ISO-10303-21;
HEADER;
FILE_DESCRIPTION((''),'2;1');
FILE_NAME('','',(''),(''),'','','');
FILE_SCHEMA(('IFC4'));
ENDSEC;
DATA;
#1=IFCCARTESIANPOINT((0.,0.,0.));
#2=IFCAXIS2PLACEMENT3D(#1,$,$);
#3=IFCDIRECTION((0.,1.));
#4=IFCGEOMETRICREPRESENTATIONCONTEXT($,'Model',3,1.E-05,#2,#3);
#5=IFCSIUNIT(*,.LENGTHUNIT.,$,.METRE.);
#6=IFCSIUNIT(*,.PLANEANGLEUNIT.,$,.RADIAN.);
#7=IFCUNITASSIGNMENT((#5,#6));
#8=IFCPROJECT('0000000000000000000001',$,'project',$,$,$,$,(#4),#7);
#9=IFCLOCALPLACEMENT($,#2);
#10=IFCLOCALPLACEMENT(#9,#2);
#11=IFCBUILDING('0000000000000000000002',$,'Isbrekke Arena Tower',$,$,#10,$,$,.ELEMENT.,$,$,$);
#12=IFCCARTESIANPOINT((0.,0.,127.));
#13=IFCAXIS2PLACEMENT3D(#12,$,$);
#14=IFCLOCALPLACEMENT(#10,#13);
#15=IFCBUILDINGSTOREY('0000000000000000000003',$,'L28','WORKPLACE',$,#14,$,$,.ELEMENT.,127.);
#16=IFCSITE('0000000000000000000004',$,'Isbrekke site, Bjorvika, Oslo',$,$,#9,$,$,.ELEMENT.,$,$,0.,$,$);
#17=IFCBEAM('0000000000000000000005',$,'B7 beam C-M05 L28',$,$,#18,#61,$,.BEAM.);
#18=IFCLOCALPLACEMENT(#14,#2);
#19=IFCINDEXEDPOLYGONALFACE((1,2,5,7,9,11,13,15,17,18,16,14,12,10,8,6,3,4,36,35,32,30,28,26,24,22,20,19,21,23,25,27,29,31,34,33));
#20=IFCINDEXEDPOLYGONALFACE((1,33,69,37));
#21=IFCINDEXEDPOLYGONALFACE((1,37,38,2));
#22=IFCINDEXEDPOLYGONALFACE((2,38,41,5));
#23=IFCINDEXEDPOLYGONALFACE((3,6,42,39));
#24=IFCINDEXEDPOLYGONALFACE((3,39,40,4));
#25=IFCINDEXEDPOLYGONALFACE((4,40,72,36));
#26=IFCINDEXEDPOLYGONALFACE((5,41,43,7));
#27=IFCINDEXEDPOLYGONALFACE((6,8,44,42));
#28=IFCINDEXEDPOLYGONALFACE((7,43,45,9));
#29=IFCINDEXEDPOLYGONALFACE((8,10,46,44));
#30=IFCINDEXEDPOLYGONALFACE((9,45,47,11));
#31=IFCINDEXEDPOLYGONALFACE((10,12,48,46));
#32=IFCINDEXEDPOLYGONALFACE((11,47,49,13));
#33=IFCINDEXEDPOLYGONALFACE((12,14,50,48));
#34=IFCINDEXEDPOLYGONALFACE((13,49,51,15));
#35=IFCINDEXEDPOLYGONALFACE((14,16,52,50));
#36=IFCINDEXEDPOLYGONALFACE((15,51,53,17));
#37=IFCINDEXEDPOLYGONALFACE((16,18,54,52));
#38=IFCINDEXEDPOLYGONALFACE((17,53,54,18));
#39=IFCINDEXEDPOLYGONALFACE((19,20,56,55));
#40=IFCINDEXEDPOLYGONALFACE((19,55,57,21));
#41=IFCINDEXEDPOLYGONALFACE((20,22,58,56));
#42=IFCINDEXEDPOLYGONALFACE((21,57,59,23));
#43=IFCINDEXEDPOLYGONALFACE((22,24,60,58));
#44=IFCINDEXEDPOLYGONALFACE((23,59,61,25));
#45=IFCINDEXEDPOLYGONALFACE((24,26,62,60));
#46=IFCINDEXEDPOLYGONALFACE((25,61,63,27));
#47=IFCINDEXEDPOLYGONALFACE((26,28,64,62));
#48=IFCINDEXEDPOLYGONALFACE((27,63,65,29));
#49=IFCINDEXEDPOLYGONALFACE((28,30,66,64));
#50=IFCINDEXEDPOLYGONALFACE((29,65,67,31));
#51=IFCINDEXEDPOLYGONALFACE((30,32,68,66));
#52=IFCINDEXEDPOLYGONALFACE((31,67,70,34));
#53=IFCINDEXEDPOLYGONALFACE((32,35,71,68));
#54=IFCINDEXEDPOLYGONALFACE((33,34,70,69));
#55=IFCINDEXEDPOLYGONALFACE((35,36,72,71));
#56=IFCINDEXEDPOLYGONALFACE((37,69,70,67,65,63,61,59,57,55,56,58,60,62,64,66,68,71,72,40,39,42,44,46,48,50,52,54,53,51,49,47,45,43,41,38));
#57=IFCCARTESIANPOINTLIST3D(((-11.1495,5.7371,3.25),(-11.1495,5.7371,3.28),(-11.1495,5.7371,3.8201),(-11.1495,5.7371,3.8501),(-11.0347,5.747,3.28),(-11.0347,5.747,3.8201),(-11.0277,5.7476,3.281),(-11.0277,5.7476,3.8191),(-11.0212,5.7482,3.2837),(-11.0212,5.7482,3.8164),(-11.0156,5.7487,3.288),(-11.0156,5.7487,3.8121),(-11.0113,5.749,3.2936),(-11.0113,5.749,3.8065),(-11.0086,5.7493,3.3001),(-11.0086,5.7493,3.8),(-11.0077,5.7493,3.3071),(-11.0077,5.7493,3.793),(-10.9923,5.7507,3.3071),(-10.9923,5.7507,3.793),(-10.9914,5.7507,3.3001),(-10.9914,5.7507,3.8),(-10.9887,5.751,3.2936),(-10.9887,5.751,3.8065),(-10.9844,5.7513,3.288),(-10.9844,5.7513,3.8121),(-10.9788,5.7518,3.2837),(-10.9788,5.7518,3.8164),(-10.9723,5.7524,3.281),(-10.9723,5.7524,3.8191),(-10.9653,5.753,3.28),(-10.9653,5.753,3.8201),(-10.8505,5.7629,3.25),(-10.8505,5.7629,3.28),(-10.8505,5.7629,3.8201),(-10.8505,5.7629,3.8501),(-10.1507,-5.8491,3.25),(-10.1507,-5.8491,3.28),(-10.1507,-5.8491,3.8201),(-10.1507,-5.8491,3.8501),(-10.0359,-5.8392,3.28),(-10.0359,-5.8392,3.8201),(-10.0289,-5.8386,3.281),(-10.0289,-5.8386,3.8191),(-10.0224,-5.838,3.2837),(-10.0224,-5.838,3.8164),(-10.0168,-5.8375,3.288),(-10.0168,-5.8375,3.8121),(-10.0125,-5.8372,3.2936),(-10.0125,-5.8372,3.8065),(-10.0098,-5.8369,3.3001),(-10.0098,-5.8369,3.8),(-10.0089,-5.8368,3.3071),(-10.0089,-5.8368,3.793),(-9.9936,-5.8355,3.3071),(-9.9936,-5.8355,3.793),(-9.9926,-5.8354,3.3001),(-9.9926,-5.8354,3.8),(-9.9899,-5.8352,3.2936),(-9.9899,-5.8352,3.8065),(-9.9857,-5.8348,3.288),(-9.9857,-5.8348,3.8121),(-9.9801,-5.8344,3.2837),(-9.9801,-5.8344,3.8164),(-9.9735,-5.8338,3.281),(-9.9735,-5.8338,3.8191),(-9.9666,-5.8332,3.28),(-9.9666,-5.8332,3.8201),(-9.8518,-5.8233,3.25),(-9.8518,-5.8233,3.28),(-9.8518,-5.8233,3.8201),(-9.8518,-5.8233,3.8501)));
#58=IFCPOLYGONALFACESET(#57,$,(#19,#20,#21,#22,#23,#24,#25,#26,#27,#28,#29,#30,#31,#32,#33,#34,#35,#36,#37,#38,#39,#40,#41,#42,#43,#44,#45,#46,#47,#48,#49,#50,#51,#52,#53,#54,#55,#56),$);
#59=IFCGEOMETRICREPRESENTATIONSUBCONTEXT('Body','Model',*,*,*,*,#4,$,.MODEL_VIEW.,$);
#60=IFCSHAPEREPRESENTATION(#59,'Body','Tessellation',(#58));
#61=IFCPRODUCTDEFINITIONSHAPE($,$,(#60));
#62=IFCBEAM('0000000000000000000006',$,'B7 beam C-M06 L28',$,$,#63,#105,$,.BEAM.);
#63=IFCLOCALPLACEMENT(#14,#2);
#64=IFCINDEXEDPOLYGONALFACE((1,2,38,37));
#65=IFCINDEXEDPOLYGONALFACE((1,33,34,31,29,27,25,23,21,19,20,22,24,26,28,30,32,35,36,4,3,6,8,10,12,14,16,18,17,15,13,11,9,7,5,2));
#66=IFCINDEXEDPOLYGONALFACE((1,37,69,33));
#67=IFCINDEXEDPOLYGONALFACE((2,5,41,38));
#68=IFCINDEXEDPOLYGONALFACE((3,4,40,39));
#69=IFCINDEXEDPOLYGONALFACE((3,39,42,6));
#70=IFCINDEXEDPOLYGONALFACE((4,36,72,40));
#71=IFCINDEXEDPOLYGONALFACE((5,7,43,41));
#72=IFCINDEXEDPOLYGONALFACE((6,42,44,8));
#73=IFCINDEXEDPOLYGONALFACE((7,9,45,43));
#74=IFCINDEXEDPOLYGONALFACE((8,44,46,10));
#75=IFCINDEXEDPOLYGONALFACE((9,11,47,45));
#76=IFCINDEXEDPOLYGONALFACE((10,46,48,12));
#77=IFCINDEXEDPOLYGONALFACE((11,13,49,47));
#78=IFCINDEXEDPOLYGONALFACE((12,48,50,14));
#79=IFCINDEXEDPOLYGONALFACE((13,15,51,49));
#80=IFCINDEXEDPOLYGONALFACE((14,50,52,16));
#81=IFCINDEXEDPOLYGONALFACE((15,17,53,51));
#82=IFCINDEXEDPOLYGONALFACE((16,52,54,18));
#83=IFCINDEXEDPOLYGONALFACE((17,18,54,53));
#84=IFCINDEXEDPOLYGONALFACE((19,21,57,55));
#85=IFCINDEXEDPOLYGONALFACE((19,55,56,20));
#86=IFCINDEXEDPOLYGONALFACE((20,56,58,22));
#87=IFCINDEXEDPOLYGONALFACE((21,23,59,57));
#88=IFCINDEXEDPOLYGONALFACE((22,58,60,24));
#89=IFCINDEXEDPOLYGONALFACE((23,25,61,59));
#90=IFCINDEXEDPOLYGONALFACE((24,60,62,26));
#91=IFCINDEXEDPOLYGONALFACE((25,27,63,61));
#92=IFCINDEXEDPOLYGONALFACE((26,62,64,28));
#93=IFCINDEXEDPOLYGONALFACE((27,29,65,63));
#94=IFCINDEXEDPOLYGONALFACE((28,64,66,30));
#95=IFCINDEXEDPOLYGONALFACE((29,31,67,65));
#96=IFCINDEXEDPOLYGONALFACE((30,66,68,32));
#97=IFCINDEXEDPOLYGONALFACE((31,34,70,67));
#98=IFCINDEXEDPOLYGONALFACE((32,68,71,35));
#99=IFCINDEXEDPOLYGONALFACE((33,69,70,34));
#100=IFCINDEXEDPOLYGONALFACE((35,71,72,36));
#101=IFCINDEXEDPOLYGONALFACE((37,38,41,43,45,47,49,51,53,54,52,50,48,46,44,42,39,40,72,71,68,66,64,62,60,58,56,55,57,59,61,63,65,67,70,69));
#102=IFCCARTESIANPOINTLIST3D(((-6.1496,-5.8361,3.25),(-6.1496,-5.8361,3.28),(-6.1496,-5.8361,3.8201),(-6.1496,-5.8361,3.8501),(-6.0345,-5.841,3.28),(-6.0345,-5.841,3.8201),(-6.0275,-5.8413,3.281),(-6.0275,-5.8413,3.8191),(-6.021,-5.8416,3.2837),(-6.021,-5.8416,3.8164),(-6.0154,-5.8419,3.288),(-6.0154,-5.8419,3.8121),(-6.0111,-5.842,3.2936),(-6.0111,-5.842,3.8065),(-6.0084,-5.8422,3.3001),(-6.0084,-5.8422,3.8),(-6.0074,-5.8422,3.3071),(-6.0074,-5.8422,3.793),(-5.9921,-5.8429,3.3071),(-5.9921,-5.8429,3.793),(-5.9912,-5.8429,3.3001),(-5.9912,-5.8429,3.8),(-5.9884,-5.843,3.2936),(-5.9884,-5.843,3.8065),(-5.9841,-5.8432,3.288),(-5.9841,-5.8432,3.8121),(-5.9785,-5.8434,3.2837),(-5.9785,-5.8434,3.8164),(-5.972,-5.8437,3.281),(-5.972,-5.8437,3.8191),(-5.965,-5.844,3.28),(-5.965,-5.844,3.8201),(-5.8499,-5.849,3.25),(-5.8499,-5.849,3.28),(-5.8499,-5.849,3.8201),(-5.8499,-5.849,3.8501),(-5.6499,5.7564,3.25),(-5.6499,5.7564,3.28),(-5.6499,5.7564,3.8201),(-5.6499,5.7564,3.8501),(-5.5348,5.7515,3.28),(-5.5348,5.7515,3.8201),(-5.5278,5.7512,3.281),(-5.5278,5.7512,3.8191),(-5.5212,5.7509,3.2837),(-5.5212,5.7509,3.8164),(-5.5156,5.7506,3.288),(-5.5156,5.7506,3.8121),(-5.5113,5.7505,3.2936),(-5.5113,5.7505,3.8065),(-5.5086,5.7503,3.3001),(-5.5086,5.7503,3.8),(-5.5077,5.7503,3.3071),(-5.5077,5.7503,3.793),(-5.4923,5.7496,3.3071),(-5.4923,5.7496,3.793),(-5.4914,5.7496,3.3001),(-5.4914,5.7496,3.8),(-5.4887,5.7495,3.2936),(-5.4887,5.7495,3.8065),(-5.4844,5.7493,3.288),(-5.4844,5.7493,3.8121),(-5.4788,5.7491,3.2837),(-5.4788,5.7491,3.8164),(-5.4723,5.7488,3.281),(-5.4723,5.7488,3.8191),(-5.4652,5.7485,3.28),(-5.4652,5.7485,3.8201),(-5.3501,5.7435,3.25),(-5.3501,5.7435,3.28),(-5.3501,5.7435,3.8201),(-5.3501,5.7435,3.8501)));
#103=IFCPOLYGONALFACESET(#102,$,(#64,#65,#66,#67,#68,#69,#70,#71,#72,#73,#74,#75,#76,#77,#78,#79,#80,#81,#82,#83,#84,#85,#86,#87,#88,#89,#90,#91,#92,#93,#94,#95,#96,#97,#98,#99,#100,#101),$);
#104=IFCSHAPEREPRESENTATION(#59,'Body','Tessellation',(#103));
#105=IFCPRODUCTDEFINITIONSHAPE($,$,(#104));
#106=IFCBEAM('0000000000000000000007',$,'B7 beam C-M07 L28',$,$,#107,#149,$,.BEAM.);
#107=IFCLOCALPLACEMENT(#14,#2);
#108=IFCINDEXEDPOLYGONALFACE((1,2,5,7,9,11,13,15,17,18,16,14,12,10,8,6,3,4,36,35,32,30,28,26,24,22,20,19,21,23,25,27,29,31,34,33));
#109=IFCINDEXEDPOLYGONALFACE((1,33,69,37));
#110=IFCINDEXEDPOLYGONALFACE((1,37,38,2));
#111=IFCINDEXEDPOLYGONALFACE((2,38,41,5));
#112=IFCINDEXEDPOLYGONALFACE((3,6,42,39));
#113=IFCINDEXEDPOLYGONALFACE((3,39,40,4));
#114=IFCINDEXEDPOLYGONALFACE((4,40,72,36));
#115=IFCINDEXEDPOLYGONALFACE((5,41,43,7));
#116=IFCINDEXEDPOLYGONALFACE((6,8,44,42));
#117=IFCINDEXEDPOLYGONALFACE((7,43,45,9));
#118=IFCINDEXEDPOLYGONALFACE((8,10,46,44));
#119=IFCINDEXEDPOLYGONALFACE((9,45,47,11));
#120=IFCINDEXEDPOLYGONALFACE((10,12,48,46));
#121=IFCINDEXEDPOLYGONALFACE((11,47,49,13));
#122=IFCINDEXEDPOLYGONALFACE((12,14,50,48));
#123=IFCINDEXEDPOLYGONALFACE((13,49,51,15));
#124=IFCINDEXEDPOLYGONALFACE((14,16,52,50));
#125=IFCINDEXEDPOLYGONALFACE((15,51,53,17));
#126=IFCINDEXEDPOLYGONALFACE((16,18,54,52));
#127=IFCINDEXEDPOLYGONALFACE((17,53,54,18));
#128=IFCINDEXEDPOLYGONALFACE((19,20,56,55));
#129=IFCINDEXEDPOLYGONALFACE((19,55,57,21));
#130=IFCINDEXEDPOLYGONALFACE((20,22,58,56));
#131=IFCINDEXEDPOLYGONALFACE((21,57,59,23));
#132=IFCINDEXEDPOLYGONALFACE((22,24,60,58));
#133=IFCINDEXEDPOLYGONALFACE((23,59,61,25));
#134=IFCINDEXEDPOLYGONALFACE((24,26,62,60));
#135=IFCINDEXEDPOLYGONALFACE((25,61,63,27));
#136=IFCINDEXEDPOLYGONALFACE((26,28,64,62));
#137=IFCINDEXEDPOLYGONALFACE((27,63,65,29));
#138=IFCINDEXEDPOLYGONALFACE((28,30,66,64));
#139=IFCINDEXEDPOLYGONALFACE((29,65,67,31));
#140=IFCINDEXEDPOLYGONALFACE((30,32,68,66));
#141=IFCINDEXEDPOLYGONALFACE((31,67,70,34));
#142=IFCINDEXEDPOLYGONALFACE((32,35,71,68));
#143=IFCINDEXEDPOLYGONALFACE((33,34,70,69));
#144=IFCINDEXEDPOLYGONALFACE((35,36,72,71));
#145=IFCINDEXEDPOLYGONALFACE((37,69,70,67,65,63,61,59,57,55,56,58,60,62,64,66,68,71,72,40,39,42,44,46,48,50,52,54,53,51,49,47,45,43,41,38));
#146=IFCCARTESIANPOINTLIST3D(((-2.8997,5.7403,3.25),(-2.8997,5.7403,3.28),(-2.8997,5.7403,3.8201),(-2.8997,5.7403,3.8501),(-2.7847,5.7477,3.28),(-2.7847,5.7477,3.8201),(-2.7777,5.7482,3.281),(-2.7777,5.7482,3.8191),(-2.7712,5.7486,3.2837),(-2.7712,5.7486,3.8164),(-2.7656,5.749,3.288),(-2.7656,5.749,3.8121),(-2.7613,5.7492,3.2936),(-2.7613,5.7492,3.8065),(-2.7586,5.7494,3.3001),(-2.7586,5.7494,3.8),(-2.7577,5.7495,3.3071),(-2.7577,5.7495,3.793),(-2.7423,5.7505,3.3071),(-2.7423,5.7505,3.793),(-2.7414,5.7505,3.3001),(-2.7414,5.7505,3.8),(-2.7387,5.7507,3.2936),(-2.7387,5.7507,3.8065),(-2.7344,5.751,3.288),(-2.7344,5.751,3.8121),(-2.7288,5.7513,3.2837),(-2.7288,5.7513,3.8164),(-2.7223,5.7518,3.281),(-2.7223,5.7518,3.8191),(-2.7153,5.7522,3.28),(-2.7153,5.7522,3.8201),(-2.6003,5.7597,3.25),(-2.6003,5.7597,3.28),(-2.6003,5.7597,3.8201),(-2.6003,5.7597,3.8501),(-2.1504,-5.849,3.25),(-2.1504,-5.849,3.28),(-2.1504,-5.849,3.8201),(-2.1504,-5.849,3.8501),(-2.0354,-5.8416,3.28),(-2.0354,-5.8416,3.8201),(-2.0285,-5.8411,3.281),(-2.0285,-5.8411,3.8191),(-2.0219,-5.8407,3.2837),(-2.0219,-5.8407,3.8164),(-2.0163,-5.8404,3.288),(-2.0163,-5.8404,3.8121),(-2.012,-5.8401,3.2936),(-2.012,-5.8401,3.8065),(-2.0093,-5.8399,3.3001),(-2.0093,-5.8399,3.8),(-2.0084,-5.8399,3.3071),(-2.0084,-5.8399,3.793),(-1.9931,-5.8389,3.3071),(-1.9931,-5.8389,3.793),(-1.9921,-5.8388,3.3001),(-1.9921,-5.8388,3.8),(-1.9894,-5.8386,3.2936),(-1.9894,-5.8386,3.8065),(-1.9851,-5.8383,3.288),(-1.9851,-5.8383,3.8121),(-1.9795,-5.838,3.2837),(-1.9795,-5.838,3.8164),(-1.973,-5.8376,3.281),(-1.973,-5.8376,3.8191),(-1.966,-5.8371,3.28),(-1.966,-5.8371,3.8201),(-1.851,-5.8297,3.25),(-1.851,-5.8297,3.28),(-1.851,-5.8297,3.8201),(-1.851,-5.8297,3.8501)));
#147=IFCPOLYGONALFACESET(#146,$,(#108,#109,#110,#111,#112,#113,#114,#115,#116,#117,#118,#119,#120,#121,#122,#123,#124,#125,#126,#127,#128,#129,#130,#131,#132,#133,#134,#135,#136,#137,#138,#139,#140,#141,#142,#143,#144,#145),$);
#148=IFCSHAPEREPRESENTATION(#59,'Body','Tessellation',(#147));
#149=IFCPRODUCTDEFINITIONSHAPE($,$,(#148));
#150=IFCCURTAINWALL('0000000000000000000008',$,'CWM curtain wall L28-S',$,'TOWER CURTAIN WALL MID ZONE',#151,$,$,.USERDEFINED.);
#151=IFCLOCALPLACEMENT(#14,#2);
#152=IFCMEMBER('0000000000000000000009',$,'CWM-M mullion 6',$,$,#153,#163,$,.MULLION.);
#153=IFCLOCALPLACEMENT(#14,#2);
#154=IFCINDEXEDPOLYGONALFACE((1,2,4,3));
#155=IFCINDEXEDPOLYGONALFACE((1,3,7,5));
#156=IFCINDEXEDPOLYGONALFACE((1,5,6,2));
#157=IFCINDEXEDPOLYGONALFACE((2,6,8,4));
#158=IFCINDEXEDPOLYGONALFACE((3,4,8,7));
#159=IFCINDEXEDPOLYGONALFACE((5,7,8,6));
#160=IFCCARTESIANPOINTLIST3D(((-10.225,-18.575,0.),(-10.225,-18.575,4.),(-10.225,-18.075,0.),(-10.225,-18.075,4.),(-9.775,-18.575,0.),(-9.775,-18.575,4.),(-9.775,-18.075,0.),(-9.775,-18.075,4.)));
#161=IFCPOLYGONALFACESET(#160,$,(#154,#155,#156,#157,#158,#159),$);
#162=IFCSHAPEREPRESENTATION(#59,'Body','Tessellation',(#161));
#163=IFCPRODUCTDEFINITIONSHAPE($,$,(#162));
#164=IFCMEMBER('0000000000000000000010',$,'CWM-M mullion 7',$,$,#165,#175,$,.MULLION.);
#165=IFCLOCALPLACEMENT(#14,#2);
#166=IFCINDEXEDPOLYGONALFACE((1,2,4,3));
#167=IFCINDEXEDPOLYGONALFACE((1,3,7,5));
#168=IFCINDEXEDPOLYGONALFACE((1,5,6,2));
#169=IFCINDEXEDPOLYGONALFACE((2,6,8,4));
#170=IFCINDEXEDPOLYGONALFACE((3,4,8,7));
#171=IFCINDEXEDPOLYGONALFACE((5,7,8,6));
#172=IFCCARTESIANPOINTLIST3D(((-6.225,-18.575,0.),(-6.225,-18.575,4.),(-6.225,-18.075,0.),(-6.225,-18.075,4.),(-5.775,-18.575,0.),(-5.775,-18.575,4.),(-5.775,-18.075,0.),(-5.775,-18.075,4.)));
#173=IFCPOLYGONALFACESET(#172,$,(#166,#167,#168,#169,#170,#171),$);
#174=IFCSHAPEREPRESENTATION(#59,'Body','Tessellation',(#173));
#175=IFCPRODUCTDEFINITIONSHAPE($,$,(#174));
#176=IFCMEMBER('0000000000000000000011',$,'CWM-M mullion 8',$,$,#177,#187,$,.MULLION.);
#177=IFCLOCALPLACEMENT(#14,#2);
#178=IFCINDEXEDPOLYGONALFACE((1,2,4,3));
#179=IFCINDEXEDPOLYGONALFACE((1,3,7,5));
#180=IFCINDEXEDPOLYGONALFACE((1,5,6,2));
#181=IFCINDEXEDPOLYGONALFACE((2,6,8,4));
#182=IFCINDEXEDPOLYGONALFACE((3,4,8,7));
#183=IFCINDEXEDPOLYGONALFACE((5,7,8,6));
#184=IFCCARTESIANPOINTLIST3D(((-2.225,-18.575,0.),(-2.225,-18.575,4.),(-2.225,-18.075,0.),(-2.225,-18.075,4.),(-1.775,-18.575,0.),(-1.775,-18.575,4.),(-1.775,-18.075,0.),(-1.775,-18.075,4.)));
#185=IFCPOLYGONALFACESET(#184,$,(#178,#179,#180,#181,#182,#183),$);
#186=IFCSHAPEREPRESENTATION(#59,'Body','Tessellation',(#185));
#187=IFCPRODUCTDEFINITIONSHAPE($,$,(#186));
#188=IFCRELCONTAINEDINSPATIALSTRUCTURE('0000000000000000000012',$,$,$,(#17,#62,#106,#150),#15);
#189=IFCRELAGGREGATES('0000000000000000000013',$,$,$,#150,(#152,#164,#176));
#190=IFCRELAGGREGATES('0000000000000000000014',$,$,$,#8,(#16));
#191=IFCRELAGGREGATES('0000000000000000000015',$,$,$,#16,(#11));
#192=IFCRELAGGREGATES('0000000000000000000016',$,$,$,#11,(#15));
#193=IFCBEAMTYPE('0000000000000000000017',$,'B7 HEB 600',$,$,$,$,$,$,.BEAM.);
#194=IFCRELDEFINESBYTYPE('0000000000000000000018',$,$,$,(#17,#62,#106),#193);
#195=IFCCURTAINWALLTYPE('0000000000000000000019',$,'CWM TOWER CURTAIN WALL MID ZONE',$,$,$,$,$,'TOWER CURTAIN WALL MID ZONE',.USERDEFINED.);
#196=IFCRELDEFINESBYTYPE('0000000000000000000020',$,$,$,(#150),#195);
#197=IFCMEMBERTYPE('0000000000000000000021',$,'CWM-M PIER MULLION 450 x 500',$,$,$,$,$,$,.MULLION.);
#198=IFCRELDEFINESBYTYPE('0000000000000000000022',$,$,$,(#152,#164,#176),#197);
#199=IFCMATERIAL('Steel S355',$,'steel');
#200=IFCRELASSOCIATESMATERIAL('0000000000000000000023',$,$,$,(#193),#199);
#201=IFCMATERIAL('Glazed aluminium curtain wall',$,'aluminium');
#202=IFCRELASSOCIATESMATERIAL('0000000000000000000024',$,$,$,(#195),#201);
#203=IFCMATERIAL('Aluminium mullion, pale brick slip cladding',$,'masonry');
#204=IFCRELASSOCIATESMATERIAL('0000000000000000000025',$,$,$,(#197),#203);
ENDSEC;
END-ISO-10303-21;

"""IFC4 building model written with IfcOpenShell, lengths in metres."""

from ifc_helpers import new_model, si_unit, direction, frame, origin, origin_2d, place, context, subcontext, project, spatial, rectangle, i_section, extrude, material, material_profile, profile_set, type_object, element, aggregate, save


model = new_model("IFC4")

# Units and contexts
model_context = context("Model", 3, precision=1e-05, world=origin(), true_north=direction((0.0, 1.0)))
body_context = subcontext(model_context, "Body", "Model", "MODEL_VIEW")
ifc_project = project(units=[si_unit("LENGTHUNIT", "METRE"), si_unit("PLANEANGLEUNIT", "RADIAN")], contexts=[model_context])

# Site, building, storey
site_placement = place(None, origin())
site = spatial("IfcSite", under=ifc_project, at=site_placement, Name="Isbrekke site, Bjorvika, Oslo", CompositionType="ELEMENT", RefElevation=0.0)
building_placement = place(site_placement, origin())
building = spatial("IfcBuilding", under=site, at=building_placement, Name="Isbrekke Arena Tower", CompositionType="ELEMENT")
storey_placement = place(building_placement, frame((0.0, 0.0, 127.0)))
storey = spatial("IfcBuildingStorey", under=building, at=storey_placement, Name="L28", Description="WORKPLACE", CompositionType="ELEMENT", Elevation=127.0)

# Beams
ifc_material_1 = material(Name="Steel S355", Category="steel")
ifc_material_profile_1 = material_profile(ifc_material_1, i_section(OverallWidth=0.3, OverallDepth=0.6001, WebThickness=0.0154, FlangeThickness=0.03, FilletRadius=0.0271, at=origin_2d()), Name="HEB 600")
ifc_profile_set_1 = profile_set([ifc_material_profile_1], Name="Steel S355")
beam_type_1 = type_object("IfcBeamType", Name="B7 HEB 600", PredefinedType="BEAM", material=ifc_profile_set_1)
beam_1_placement = place(storey_placement, frame((-10.0012, -5.8362, 3.55), z_axis=(-0.085886, 0.996305, 0.0), x_axis=(-0.996305, -0.085886, 0.0)))
element("IfcBeam", 1, at=beam_1_placement, inside=storey, type_object=beam_type_1, Name="B7 beam C-M05 L28", PredefinedType="BEAM", context=body_context, shape_type="SweptSolid", body=[
    extrude(i_section(OverallWidth=0.3, OverallDepth=0.6001, WebThickness=0.0154, FlangeThickness=0.03, FilletRadius=0.0271, at=origin_2d()), origin(), (0.0, 0.0, 1.0), 11.6292),
])
beam_2_placement = place(storey_placement, frame((-5.9998, -5.8425, 3.55), z_axis=(0.04307, 0.999072, 0.0), x_axis=(-0.999072, 0.04307, 0.0)))
element("IfcBeam", 2, at=beam_2_placement, inside=storey, type_object=beam_type_1, Name="B7 beam C-M06 L28", PredefinedType="BEAM", context=body_context, shape_type="SweptSolid", body=[
    extrude(i_section(OverallWidth=0.3, OverallDepth=0.6001, WebThickness=0.0154, FlangeThickness=0.03, FilletRadius=0.0271, at=origin_2d()), origin(), (0.0, 0.0, 1.0), 11.6033),
])
beam_3_placement = place(storey_placement, frame((-2.0007, -5.8394, 3.55), z_axis=(-0.064517, 0.997917, 0.0), x_axis=(-0.997917, -0.064517, 0.0)))
element("IfcBeam", 3, at=beam_3_placement, inside=storey, type_object=beam_type_1, Name="B7 beam C-M07 L28", PredefinedType="BEAM", context=body_context, shape_type="SweptSolid", body=[
    extrude(i_section(OverallWidth=0.3, OverallDepth=0.6001, WebThickness=0.0154, FlangeThickness=0.03, FilletRadius=0.0271, at=origin_2d()), origin(), (0.0, 0.0, 1.0), 11.6135),
])

# Curtain wall, members
ifc_material_2 = material(Name="Glazed aluminium curtain wall", Category="aluminium")
curtain_wall_type = type_object("IfcCurtainWallType", Name="CWM TOWER CURTAIN WALL MID ZONE", ElementType="TOWER CURTAIN WALL MID ZONE", PredefinedType="USERDEFINED", material=ifc_material_2)
curtain_wall_placement = place(storey_placement, origin())
curtain_wall = element("IfcCurtainWall", 4, at=curtain_wall_placement, inside=storey, type_object=curtain_wall_type, Name="CWM curtain wall L28-S", ObjectType="TOWER CURTAIN WALL MID ZONE", PredefinedType="USERDEFINED")
ifc_material_3 = material(Name="Aluminium mullion, pale brick slip cladding", Category="masonry")
ifc_material_profile_2 = material_profile(ifc_material_3, rectangle(XDim=0.45, YDim=0.5, at=origin_2d()), Name="PIER 450X500")
ifc_profile_set_2 = profile_set([ifc_material_profile_2], Name="Aluminium mullion, pale brick slip cladding")
member_type_1 = type_object("IfcMemberType", Name="CWM-M PIER MULLION 450 x 500", PredefinedType="MULLION", material=ifc_profile_set_2)
member_1_placement = place(storey_placement, frame((-10.0, -18.325, 0.0), z_axis=(0.0, 0.0, 1.0), x_axis=(1.0, 0.0, 0.0)))
member_1 = element("IfcMember", 5, at=member_1_placement, type_object=member_type_1, Name="CWM-M mullion 6", PredefinedType="MULLION", context=body_context, shape_type="SweptSolid", body=[
    extrude(rectangle(XDim=0.45, YDim=0.5, at=origin_2d()), origin(), (0.0, 0.0, 1.0), 4.0),
])
member_2_placement = place(storey_placement, frame((-6.0, -18.325, 0.0), z_axis=(0.0, 0.0, 1.0), x_axis=(1.0, 0.0, 0.0)))
member_2 = element("IfcMember", 6, at=member_2_placement, type_object=member_type_1, Name="CWM-M mullion 7", PredefinedType="MULLION", context=body_context, shape_type="SweptSolid", body=[
    extrude(rectangle(XDim=0.45, YDim=0.5, at=origin_2d()), origin(), (0.0, 0.0, 1.0), 4.0),
])
member_3_placement = place(storey_placement, frame((-2.0, -18.325, 0.0), z_axis=(0.0, 0.0, 1.0), x_axis=(1.0, 0.0, 0.0)))
member_3 = element("IfcMember", 7, at=member_3_placement, type_object=member_type_1, Name="CWM-M mullion 8", PredefinedType="MULLION", context=body_context, shape_type="SweptSolid", body=[
    extrude(rectangle(XDim=0.45, YDim=0.5, at=origin_2d()), origin(), (0.0, 0.0, 1.0), 4.0),
])

aggregate(curtain_wall, [member_1, member_2, member_3])

save(model, "model.ifc")
